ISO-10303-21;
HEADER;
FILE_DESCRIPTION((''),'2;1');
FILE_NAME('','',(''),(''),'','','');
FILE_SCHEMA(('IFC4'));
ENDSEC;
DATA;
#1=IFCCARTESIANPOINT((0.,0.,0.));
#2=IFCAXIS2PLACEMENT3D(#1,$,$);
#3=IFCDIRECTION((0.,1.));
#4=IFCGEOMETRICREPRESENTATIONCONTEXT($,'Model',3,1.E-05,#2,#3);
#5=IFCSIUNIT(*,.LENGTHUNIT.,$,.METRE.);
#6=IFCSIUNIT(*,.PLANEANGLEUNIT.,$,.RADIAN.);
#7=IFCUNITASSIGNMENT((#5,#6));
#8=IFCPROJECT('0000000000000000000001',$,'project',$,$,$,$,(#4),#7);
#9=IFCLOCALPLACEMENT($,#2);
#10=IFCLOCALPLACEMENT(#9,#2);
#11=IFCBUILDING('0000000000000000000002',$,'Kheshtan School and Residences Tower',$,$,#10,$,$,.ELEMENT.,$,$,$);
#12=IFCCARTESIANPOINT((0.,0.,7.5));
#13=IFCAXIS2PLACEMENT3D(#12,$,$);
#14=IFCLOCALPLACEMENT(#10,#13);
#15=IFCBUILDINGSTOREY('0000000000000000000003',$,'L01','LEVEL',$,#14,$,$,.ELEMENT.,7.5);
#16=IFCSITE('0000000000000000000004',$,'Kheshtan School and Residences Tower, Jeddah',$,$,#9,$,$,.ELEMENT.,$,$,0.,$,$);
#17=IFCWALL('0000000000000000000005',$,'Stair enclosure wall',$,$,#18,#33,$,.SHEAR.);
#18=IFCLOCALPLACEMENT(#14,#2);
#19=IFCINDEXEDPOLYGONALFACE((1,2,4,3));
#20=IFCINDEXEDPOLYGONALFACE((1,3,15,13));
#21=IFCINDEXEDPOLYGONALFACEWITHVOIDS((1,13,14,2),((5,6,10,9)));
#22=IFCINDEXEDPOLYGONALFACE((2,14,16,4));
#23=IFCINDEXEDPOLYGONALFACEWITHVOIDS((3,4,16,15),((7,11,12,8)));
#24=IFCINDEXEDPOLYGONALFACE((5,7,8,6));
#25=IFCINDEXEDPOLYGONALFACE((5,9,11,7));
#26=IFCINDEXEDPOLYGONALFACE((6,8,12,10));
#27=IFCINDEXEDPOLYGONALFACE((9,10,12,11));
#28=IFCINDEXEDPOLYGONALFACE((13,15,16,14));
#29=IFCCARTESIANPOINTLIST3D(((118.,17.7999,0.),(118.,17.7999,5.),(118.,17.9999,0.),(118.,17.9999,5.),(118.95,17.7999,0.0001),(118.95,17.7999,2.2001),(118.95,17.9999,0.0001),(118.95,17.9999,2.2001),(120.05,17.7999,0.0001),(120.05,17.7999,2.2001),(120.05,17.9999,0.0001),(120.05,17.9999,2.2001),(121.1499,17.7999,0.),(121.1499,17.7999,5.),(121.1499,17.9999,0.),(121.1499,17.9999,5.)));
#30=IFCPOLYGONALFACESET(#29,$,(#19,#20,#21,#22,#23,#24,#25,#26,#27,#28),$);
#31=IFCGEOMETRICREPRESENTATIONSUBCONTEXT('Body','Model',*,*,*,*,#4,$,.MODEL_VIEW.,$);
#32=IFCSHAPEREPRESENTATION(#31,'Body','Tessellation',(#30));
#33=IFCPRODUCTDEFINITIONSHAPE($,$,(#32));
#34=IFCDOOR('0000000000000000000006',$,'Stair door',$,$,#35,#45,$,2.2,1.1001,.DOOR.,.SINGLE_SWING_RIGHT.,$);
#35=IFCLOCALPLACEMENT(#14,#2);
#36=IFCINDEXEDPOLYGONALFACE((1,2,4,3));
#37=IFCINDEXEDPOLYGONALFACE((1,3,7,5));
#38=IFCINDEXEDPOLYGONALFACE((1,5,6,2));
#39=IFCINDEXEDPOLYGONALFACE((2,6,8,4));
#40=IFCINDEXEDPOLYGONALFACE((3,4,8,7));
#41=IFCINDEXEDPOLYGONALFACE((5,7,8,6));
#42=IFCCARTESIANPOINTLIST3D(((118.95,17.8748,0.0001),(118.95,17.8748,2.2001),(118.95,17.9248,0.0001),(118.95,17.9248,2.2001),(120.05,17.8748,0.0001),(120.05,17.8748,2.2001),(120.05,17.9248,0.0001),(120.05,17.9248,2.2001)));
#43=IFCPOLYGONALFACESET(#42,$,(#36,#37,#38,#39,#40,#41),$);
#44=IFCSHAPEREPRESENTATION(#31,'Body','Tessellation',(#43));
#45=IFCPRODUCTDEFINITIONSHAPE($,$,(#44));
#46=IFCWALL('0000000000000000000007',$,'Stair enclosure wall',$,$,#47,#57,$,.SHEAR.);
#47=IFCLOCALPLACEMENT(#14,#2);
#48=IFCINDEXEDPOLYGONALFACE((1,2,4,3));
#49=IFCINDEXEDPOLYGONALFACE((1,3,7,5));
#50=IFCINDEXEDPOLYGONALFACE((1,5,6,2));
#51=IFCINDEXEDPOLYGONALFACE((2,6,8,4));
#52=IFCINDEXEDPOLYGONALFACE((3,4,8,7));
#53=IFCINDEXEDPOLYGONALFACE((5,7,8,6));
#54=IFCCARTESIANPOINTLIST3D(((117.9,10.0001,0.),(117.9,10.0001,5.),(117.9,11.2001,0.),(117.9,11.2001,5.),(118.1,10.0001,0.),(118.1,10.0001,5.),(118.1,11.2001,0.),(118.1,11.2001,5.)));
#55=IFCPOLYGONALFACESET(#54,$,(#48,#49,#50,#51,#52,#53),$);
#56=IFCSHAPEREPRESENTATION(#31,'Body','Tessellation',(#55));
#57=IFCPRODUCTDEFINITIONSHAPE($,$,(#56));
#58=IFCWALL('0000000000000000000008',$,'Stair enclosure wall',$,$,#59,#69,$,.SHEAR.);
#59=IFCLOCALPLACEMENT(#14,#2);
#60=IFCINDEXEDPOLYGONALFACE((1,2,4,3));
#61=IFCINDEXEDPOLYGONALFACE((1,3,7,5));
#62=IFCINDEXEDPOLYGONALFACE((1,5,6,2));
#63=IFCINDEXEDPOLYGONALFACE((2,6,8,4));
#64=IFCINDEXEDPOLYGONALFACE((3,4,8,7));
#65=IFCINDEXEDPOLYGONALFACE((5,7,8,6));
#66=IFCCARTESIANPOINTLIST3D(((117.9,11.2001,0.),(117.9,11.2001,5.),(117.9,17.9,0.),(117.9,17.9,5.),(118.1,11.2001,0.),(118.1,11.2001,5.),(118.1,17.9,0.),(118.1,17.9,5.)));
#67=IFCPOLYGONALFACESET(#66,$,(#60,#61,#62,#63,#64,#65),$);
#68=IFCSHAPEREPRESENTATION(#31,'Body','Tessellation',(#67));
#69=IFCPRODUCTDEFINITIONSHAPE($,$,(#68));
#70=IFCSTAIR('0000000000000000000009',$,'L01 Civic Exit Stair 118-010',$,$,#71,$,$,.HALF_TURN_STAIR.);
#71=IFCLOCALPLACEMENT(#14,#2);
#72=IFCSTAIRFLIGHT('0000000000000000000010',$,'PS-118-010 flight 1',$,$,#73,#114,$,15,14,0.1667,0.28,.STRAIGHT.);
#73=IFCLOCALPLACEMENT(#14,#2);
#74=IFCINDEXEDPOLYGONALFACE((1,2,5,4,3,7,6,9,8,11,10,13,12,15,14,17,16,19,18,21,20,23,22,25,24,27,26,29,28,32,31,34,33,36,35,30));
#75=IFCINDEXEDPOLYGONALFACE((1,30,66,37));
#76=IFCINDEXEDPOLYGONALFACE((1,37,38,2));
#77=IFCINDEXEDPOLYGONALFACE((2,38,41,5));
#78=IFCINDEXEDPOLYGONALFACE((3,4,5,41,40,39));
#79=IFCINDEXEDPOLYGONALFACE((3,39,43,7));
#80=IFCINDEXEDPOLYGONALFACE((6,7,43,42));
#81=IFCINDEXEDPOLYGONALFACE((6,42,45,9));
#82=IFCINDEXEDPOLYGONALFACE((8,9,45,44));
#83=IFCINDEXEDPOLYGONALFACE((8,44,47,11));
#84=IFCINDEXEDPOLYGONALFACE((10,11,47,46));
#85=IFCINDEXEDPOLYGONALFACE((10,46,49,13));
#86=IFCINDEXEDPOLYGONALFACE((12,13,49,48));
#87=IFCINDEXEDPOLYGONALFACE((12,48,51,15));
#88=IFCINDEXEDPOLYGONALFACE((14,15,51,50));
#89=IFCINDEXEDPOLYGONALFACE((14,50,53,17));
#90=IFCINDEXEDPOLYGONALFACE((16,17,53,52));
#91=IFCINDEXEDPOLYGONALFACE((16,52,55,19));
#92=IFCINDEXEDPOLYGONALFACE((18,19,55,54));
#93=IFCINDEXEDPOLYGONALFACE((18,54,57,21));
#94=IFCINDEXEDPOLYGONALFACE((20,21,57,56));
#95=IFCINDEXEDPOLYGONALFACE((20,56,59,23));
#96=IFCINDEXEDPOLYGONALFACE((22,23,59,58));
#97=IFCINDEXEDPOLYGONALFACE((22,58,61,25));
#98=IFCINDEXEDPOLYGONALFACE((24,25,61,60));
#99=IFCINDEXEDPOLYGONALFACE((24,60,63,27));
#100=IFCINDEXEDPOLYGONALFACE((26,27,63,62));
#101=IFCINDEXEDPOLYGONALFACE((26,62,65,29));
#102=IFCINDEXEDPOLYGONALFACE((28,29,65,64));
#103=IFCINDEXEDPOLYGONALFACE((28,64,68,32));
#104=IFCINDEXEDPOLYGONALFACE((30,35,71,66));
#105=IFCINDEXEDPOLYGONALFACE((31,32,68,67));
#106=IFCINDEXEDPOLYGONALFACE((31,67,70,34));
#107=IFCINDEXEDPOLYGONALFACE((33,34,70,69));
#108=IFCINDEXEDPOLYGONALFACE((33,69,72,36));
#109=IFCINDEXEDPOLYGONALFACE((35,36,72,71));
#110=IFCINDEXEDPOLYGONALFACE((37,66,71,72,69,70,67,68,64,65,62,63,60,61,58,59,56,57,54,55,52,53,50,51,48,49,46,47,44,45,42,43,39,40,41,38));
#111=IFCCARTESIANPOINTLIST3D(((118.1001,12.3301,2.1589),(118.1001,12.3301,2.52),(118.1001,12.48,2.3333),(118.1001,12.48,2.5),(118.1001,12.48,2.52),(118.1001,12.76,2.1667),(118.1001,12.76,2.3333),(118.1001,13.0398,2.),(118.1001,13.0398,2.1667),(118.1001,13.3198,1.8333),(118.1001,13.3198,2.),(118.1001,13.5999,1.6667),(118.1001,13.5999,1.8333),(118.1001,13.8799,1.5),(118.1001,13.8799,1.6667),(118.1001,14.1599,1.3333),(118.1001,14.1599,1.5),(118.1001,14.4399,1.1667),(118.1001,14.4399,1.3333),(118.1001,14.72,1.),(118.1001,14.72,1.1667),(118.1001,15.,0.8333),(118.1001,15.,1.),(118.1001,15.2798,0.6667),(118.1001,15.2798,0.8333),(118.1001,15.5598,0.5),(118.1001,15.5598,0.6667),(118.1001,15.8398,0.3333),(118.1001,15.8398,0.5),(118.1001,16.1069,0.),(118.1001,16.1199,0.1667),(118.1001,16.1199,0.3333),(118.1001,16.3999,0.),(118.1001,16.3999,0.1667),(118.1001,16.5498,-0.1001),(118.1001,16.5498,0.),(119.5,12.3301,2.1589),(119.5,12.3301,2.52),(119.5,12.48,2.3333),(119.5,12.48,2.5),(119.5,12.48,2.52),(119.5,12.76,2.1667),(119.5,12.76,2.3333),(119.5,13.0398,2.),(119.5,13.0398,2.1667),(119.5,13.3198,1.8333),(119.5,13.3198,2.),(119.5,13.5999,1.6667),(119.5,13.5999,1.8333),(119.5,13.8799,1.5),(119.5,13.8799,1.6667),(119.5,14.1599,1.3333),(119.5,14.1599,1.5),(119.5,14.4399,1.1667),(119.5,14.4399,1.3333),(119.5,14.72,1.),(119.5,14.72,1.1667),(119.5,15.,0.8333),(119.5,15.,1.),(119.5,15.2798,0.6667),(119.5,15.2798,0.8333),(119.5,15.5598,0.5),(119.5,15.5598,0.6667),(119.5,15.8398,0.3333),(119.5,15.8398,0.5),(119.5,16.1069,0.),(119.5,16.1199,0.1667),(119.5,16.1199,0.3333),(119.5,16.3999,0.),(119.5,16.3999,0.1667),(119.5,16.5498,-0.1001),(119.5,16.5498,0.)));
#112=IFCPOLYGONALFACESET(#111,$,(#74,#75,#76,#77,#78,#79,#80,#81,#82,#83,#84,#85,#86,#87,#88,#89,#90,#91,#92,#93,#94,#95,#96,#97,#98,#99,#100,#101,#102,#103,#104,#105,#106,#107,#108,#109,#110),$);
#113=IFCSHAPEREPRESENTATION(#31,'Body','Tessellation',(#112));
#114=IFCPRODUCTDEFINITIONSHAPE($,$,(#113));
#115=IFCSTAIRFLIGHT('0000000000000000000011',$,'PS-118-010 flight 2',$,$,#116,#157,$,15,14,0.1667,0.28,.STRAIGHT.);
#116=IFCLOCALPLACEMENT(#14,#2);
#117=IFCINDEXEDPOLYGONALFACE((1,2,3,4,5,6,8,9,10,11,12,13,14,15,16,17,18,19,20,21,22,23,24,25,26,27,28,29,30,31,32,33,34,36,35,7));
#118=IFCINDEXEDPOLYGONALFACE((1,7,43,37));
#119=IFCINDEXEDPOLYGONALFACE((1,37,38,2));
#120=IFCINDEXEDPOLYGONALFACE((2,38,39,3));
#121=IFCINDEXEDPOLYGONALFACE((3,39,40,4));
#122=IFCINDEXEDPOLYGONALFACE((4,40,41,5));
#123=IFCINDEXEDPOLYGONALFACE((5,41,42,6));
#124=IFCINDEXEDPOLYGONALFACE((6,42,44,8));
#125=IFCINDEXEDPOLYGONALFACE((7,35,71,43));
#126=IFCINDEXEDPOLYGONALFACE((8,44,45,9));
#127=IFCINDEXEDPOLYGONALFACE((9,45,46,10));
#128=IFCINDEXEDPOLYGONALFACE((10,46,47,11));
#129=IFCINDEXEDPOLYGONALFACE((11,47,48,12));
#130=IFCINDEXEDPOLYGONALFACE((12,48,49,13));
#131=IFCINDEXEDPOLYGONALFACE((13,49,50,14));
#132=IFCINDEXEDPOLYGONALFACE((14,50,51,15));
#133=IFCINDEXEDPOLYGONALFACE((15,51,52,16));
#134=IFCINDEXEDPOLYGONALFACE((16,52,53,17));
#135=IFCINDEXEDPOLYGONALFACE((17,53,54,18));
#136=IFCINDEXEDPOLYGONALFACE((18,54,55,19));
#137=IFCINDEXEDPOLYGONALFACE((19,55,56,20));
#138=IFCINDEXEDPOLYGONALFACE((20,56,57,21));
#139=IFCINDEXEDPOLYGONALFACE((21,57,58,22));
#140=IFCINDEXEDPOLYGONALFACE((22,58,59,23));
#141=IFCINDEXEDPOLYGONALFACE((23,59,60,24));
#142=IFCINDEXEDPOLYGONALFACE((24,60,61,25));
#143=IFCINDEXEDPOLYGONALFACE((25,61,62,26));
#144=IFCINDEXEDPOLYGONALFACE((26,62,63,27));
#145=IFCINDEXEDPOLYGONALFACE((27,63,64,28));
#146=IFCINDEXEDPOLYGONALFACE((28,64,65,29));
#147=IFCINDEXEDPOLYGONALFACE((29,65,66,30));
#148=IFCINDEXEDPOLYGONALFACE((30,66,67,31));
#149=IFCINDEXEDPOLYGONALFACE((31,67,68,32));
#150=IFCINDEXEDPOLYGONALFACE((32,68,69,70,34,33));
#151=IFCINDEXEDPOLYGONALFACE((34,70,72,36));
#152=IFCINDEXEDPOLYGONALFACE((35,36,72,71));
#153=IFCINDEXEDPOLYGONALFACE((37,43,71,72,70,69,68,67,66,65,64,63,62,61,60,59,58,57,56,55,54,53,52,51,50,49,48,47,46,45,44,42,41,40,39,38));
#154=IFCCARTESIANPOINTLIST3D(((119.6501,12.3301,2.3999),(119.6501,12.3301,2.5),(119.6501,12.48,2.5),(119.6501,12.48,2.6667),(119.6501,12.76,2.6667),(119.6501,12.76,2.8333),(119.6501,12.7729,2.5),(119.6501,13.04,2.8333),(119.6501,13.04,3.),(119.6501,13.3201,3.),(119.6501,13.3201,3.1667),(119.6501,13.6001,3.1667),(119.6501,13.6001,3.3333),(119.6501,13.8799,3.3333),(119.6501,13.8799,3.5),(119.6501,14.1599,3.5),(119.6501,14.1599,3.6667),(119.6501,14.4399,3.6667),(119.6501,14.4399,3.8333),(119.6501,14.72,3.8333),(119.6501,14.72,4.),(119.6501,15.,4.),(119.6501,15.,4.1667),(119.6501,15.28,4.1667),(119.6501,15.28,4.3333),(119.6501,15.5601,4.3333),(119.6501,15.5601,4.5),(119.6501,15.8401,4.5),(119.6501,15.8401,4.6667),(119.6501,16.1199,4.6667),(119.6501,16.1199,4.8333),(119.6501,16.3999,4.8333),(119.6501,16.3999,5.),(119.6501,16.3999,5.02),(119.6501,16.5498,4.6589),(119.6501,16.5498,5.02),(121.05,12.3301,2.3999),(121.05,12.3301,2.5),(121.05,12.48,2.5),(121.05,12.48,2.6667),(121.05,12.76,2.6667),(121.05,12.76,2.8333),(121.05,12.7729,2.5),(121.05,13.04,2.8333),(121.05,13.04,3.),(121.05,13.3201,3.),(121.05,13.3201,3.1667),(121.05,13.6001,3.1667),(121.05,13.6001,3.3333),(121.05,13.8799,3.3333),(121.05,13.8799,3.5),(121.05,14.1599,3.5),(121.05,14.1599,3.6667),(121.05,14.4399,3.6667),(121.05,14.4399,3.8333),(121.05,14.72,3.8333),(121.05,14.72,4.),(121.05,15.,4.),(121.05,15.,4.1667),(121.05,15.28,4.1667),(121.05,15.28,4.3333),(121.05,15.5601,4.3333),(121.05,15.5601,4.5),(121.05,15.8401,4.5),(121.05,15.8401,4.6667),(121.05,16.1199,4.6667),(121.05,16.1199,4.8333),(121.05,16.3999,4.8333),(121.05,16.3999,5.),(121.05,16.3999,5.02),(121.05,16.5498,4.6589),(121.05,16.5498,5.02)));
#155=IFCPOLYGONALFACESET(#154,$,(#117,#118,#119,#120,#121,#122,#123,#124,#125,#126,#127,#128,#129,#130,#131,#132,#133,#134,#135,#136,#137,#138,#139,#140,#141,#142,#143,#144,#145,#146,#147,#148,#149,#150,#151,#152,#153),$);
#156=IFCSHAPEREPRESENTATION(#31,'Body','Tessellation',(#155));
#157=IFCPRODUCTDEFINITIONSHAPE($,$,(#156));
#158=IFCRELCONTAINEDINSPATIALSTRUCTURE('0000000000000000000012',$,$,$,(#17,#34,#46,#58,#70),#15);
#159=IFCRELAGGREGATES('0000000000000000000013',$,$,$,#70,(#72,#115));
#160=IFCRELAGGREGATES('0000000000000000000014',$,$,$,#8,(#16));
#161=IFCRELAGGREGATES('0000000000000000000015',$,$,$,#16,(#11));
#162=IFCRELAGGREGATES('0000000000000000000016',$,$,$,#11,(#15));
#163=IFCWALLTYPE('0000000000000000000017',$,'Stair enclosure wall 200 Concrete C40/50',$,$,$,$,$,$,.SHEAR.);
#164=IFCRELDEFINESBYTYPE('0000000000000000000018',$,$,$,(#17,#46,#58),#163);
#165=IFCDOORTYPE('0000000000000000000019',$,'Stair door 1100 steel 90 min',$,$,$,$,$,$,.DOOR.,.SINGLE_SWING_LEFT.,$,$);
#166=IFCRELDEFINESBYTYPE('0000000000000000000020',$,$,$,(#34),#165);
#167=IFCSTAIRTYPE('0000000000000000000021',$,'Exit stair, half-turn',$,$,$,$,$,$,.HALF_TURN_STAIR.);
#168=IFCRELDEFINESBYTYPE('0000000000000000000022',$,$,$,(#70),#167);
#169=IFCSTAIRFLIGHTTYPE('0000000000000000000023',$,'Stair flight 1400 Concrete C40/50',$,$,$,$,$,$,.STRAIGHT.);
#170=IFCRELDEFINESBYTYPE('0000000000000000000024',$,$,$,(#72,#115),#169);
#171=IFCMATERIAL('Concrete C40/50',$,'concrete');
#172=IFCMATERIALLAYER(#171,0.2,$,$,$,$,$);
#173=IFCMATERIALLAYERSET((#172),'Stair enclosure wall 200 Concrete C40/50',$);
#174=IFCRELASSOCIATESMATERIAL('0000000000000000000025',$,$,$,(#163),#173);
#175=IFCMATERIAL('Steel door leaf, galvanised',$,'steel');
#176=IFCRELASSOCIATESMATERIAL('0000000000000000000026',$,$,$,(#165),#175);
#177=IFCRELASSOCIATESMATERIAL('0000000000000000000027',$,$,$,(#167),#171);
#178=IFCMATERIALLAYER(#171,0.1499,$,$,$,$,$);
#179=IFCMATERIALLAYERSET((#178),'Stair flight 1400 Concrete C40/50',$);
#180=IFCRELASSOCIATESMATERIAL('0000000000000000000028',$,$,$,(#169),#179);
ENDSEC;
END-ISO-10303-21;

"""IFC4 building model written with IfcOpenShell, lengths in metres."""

from ifc_helpers import new_model, si_unit, direction, frame, frame_2d, origin, place, context, subcontext, project, spatial, polyline, rectangle, outline, extrude, source, transform, mapped, material, layer, layer_set, type_object, element, fill, aggregate, save


model = new_model("IFC4")

# Units and contexts
model_context = context("Model", 3, precision=1e-05, world=origin(), true_north=direction((0.0, 1.0)))
body_context = subcontext(model_context, "Body", "Model", "MODEL_VIEW")
ifc_project = project(units=[si_unit("LENGTHUNIT", "METRE"), si_unit("PLANEANGLEUNIT", "RADIAN")], contexts=[model_context])

# Site, building, storey
site_placement = place(None, origin())
site = spatial("IfcSite", under=ifc_project, at=site_placement, Name="Kheshtan School and Residences Tower, Jeddah", CompositionType="ELEMENT", RefElevation=0.0)
building_placement = place(site_placement, origin())
building = spatial("IfcBuilding", under=site, at=building_placement, Name="Kheshtan School and Residences Tower", CompositionType="ELEMENT")
storey_placement = place(building_placement, frame((0.0, 0.0, 7.5)))
storey = spatial("IfcBuildingStorey", under=building, at=storey_placement, Name="L01", Description="LEVEL", CompositionType="ELEMENT", Elevation=7.5)

# Wall, opening, door
ifc_material_1 = material(Name="Concrete C40/50", Category="concrete")
ifc_layer_1 = layer(ifc_material_1, 0.2)
ifc_layer_set_1 = layer_set([ifc_layer_1], Name="Stair enclosure wall 200 Concrete C40/50")
wall_type_1 = type_object("IfcWallType", Name="Stair enclosure wall 200 Concrete C40/50", PredefinedType="SHEAR", material=ifc_layer_set_1)
wall_1_placement = place(storey_placement, frame((118.0, 17.8999, 0.0), z_axis=(0.0, 0.0, 1.0), x_axis=(1.0, 0.0, 0.0)))
wall_1 = element("IfcWall", 1, at=wall_1_placement, inside=storey, type_object=wall_type_1, Name="Stair enclosure wall", PredefinedType="SHEAR", context=body_context, shape_type="SweptSolid", body=[
    extrude(rectangle(XDim=3.1499, YDim=0.2, at=frame_2d((1.575, 0.0))), origin(), (0.0, 0.0, 1.0), 5.0),
])
opening_placement = place(wall_1_placement, frame((0.95, 0.0, 0.0)))
opening = element("IfcOpeningElement", 2, at=opening_placement, cuts=wall_1, PredefinedType="OPENING", context=body_context, shape_type="SweptSolid", body=[
    extrude(rectangle(XDim=1.1001, YDim=2.2, at=frame_2d((0.55, 1.1001))), frame((0.0, 0.1099, 0.0), z_axis=(0.0, -1.0, 0.0), x_axis=(1.0, 0.0, 0.0)), (0.0, 0.0, 1.0), 0.22),
])
ifc_material_2 = material(Name="Steel door leaf, galvanised", Category="steel")
door_type = type_object("IfcDoorType", Name="Stair door 1100 steel 90 min", OperationType="SINGLE_SWING_LEFT", PredefinedType="DOOR", material=ifc_material_2)
shared_shape = source(origin(), body_context, "Body", "SweptSolid", [
    extrude(rectangle(XDim=1.1001, YDim=2.2, at=frame_2d((0.55, 1.1001))), frame((0.0, 0.0249, 0.0), z_axis=(0.0, -1.0, 0.0), x_axis=(1.0, 0.0, 0.0)), (0.0, 0.0, 1.0), 0.05),
])
door_placement = place(opening_placement, origin())
door = element("IfcDoor", 3, at=door_placement, inside=storey, type_object=door_type, Name="Stair door", OperationType="SINGLE_SWING_RIGHT", OverallHeight=2.2, OverallWidth=1.1001, PredefinedType="DOOR", context=body_context, shape_type="MappedRepresentation", body=[
    mapped(shared_shape, transform((0.0, 0.0, 0.0), x_axis=(1.0, 0.0, 0.0), y_axis=(0.0, 1.0, 0.0), z_axis=(0.0, 0.0, 1.0), scale=1.0)),
])
fill(opening, door)

# Walls
wall_2_placement = place(storey_placement, frame((118.0, 10.0, 0.0), z_axis=(0.0, 0.0, 1.0), x_axis=(0.0, 1.0, 0.0)))
element("IfcWall", 4, at=wall_2_placement, inside=storey, type_object=wall_type_1, Name="Stair enclosure wall", PredefinedType="SHEAR", context=body_context, shape_type="SweptSolid", body=[
    extrude(rectangle(XDim=1.2, YDim=0.2, at=frame_2d((0.6001, 0.0))), origin(), (0.0, 0.0, 1.0), 5.0),
])
wall_3_placement = place(storey_placement, frame((118.0, 11.2, 0.0), z_axis=(0.0, 0.0, 1.0), x_axis=(0.0, 1.0, 0.0)))
element("IfcWall", 5, at=wall_3_placement, inside=storey, type_object=wall_type_1, Name="Stair enclosure wall", PredefinedType="SHEAR", context=body_context, shape_type="SweptSolid", body=[
    extrude(rectangle(XDim=6.7, YDim=0.2, at=frame_2d((3.3501, 0.0))), origin(), (0.0, 0.0, 1.0), 5.0),
])

# Stair, stair flights
stair_type = type_object("IfcStairType", Name="Exit stair, half-turn", PredefinedType="HALF_TURN_STAIR", material=ifc_material_1)
stair_placement = place(storey_placement, origin())
stair = element("IfcStair", 6, at=stair_placement, inside=storey, type_object=stair_type, Name="L01 Civic Exit Stair 118-010", PredefinedType="HALF_TURN_STAIR")
ifc_layer_2 = layer(ifc_material_1, 0.1499)
ifc_layer_set_2 = layer_set([ifc_layer_2], Name="Stair flight 1400 Concrete C40/50")
stair_flight_type = type_object("IfcStairFlightType", Name="Stair flight 1400 Concrete C40/50", PredefinedType="STRAIGHT", material=ifc_layer_set_2)
stair_flight_1_placement = place(storey_placement, frame((118.8, 16.3999, 0.0), z_axis=(0.0, 0.0, 1.0), x_axis=(0.0, -1.0, 0.0)))
stair_flight_1 = element("IfcStairFlight", 7, at=stair_flight_1_placement, type_object=stair_flight_type, Name="PS-118-010 flight 1", NumberOfRisers=15, NumberOfTreads=14, PredefinedType="STRAIGHT", RiserHeight=0.1667, TreadLength=0.28, context=body_context, shape_type="SweptSolid", body=[
    extrude(outline(polyline([(-0.1499, -0.1001), (-0.1499, 0.0), (0.0, 0.0), (0.0, 0.1667), (0.28, 0.1667), (0.28, 0.3333), (0.5601, 0.3333), (0.5601, 0.5), (0.8401, 0.5), (0.8401, 0.6667), (1.1201, 0.6667), (1.1201, 0.8333), (1.3999, 0.8333), (1.3999, 1.0), (1.6799, 1.0), (1.6799, 1.1667), (1.96, 1.1667), (1.96, 1.3333), (2.24, 1.3333), (2.24, 1.5), (2.52, 1.5), (2.52, 1.6667), (2.8, 1.6667), (2.8, 1.8333), (3.0801, 1.8333), (3.0801, 2.0), (3.3601, 2.0), (3.3601, 2.1667), (3.6399, 2.1667), (3.6399, 2.3333), (3.9199, 2.3333), (3.9199, 2.5), (3.9199, 2.52), (4.0698, 2.52), (4.0698, 2.1589), (0.293, 0.0), (-0.1499, -0.1001)])), frame((0.0, 0.7, 0.0), z_axis=(0.0, -1.0, 0.0), x_axis=(1.0, 0.0, 0.0)), (0.0, 0.0, 1.0), 1.3999),
])
stair_flight_2_placement = place(storey_placement, frame((120.3501, 12.48, 2.5), z_axis=(0.0, 0.0, 1.0), x_axis=(0.0, 1.0, 0.0)))
stair_flight_2 = element("IfcStairFlight", 8, at=stair_flight_2_placement, type_object=stair_flight_type, Name="PS-118-010 flight 2", NumberOfRisers=15, NumberOfTreads=14, PredefinedType="STRAIGHT", RiserHeight=0.1667, TreadLength=0.28, context=body_context, shape_type="SweptSolid", body=[
    extrude(outline(polyline([(-0.1499, -0.1001), (-0.1499, 0.0), (0.0, 0.0), (0.0, 0.1667), (0.28, 0.1667), (0.28, 0.3333), (0.5601, 0.3333), (0.5601, 0.5), (0.8401, 0.5), (0.8401, 0.6667), (1.1201, 0.6667), (1.1201, 0.8333), (1.3999, 0.8333), (1.3999, 1.0), (1.6799, 1.0), (1.6799, 1.1667), (1.96, 1.1667), (1.96, 1.3333), (2.24, 1.3333), (2.24, 1.5), (2.52, 1.5), (2.52, 1.6667), (2.8, 1.6667), (2.8, 1.8333), (3.0801, 1.8333), (3.0801, 2.0), (3.3601, 2.0), (3.3601, 2.1667), (3.6399, 2.1667), (3.6399, 2.3333), (3.9199, 2.3333), (3.9199, 2.5), (3.9199, 2.52), (4.0698, 2.52), (4.0698, 2.1589), (0.293, 0.0), (-0.1499, -0.1001)])), frame((0.0, 0.7, 0.0), z_axis=(0.0, -1.0, 0.0), x_axis=(1.0, 0.0, 0.0)), (0.0, 0.0, 1.0), 1.3999),
])
aggregate(stair, [stair_flight_1, stair_flight_2])

save(model, "model.ifc")
